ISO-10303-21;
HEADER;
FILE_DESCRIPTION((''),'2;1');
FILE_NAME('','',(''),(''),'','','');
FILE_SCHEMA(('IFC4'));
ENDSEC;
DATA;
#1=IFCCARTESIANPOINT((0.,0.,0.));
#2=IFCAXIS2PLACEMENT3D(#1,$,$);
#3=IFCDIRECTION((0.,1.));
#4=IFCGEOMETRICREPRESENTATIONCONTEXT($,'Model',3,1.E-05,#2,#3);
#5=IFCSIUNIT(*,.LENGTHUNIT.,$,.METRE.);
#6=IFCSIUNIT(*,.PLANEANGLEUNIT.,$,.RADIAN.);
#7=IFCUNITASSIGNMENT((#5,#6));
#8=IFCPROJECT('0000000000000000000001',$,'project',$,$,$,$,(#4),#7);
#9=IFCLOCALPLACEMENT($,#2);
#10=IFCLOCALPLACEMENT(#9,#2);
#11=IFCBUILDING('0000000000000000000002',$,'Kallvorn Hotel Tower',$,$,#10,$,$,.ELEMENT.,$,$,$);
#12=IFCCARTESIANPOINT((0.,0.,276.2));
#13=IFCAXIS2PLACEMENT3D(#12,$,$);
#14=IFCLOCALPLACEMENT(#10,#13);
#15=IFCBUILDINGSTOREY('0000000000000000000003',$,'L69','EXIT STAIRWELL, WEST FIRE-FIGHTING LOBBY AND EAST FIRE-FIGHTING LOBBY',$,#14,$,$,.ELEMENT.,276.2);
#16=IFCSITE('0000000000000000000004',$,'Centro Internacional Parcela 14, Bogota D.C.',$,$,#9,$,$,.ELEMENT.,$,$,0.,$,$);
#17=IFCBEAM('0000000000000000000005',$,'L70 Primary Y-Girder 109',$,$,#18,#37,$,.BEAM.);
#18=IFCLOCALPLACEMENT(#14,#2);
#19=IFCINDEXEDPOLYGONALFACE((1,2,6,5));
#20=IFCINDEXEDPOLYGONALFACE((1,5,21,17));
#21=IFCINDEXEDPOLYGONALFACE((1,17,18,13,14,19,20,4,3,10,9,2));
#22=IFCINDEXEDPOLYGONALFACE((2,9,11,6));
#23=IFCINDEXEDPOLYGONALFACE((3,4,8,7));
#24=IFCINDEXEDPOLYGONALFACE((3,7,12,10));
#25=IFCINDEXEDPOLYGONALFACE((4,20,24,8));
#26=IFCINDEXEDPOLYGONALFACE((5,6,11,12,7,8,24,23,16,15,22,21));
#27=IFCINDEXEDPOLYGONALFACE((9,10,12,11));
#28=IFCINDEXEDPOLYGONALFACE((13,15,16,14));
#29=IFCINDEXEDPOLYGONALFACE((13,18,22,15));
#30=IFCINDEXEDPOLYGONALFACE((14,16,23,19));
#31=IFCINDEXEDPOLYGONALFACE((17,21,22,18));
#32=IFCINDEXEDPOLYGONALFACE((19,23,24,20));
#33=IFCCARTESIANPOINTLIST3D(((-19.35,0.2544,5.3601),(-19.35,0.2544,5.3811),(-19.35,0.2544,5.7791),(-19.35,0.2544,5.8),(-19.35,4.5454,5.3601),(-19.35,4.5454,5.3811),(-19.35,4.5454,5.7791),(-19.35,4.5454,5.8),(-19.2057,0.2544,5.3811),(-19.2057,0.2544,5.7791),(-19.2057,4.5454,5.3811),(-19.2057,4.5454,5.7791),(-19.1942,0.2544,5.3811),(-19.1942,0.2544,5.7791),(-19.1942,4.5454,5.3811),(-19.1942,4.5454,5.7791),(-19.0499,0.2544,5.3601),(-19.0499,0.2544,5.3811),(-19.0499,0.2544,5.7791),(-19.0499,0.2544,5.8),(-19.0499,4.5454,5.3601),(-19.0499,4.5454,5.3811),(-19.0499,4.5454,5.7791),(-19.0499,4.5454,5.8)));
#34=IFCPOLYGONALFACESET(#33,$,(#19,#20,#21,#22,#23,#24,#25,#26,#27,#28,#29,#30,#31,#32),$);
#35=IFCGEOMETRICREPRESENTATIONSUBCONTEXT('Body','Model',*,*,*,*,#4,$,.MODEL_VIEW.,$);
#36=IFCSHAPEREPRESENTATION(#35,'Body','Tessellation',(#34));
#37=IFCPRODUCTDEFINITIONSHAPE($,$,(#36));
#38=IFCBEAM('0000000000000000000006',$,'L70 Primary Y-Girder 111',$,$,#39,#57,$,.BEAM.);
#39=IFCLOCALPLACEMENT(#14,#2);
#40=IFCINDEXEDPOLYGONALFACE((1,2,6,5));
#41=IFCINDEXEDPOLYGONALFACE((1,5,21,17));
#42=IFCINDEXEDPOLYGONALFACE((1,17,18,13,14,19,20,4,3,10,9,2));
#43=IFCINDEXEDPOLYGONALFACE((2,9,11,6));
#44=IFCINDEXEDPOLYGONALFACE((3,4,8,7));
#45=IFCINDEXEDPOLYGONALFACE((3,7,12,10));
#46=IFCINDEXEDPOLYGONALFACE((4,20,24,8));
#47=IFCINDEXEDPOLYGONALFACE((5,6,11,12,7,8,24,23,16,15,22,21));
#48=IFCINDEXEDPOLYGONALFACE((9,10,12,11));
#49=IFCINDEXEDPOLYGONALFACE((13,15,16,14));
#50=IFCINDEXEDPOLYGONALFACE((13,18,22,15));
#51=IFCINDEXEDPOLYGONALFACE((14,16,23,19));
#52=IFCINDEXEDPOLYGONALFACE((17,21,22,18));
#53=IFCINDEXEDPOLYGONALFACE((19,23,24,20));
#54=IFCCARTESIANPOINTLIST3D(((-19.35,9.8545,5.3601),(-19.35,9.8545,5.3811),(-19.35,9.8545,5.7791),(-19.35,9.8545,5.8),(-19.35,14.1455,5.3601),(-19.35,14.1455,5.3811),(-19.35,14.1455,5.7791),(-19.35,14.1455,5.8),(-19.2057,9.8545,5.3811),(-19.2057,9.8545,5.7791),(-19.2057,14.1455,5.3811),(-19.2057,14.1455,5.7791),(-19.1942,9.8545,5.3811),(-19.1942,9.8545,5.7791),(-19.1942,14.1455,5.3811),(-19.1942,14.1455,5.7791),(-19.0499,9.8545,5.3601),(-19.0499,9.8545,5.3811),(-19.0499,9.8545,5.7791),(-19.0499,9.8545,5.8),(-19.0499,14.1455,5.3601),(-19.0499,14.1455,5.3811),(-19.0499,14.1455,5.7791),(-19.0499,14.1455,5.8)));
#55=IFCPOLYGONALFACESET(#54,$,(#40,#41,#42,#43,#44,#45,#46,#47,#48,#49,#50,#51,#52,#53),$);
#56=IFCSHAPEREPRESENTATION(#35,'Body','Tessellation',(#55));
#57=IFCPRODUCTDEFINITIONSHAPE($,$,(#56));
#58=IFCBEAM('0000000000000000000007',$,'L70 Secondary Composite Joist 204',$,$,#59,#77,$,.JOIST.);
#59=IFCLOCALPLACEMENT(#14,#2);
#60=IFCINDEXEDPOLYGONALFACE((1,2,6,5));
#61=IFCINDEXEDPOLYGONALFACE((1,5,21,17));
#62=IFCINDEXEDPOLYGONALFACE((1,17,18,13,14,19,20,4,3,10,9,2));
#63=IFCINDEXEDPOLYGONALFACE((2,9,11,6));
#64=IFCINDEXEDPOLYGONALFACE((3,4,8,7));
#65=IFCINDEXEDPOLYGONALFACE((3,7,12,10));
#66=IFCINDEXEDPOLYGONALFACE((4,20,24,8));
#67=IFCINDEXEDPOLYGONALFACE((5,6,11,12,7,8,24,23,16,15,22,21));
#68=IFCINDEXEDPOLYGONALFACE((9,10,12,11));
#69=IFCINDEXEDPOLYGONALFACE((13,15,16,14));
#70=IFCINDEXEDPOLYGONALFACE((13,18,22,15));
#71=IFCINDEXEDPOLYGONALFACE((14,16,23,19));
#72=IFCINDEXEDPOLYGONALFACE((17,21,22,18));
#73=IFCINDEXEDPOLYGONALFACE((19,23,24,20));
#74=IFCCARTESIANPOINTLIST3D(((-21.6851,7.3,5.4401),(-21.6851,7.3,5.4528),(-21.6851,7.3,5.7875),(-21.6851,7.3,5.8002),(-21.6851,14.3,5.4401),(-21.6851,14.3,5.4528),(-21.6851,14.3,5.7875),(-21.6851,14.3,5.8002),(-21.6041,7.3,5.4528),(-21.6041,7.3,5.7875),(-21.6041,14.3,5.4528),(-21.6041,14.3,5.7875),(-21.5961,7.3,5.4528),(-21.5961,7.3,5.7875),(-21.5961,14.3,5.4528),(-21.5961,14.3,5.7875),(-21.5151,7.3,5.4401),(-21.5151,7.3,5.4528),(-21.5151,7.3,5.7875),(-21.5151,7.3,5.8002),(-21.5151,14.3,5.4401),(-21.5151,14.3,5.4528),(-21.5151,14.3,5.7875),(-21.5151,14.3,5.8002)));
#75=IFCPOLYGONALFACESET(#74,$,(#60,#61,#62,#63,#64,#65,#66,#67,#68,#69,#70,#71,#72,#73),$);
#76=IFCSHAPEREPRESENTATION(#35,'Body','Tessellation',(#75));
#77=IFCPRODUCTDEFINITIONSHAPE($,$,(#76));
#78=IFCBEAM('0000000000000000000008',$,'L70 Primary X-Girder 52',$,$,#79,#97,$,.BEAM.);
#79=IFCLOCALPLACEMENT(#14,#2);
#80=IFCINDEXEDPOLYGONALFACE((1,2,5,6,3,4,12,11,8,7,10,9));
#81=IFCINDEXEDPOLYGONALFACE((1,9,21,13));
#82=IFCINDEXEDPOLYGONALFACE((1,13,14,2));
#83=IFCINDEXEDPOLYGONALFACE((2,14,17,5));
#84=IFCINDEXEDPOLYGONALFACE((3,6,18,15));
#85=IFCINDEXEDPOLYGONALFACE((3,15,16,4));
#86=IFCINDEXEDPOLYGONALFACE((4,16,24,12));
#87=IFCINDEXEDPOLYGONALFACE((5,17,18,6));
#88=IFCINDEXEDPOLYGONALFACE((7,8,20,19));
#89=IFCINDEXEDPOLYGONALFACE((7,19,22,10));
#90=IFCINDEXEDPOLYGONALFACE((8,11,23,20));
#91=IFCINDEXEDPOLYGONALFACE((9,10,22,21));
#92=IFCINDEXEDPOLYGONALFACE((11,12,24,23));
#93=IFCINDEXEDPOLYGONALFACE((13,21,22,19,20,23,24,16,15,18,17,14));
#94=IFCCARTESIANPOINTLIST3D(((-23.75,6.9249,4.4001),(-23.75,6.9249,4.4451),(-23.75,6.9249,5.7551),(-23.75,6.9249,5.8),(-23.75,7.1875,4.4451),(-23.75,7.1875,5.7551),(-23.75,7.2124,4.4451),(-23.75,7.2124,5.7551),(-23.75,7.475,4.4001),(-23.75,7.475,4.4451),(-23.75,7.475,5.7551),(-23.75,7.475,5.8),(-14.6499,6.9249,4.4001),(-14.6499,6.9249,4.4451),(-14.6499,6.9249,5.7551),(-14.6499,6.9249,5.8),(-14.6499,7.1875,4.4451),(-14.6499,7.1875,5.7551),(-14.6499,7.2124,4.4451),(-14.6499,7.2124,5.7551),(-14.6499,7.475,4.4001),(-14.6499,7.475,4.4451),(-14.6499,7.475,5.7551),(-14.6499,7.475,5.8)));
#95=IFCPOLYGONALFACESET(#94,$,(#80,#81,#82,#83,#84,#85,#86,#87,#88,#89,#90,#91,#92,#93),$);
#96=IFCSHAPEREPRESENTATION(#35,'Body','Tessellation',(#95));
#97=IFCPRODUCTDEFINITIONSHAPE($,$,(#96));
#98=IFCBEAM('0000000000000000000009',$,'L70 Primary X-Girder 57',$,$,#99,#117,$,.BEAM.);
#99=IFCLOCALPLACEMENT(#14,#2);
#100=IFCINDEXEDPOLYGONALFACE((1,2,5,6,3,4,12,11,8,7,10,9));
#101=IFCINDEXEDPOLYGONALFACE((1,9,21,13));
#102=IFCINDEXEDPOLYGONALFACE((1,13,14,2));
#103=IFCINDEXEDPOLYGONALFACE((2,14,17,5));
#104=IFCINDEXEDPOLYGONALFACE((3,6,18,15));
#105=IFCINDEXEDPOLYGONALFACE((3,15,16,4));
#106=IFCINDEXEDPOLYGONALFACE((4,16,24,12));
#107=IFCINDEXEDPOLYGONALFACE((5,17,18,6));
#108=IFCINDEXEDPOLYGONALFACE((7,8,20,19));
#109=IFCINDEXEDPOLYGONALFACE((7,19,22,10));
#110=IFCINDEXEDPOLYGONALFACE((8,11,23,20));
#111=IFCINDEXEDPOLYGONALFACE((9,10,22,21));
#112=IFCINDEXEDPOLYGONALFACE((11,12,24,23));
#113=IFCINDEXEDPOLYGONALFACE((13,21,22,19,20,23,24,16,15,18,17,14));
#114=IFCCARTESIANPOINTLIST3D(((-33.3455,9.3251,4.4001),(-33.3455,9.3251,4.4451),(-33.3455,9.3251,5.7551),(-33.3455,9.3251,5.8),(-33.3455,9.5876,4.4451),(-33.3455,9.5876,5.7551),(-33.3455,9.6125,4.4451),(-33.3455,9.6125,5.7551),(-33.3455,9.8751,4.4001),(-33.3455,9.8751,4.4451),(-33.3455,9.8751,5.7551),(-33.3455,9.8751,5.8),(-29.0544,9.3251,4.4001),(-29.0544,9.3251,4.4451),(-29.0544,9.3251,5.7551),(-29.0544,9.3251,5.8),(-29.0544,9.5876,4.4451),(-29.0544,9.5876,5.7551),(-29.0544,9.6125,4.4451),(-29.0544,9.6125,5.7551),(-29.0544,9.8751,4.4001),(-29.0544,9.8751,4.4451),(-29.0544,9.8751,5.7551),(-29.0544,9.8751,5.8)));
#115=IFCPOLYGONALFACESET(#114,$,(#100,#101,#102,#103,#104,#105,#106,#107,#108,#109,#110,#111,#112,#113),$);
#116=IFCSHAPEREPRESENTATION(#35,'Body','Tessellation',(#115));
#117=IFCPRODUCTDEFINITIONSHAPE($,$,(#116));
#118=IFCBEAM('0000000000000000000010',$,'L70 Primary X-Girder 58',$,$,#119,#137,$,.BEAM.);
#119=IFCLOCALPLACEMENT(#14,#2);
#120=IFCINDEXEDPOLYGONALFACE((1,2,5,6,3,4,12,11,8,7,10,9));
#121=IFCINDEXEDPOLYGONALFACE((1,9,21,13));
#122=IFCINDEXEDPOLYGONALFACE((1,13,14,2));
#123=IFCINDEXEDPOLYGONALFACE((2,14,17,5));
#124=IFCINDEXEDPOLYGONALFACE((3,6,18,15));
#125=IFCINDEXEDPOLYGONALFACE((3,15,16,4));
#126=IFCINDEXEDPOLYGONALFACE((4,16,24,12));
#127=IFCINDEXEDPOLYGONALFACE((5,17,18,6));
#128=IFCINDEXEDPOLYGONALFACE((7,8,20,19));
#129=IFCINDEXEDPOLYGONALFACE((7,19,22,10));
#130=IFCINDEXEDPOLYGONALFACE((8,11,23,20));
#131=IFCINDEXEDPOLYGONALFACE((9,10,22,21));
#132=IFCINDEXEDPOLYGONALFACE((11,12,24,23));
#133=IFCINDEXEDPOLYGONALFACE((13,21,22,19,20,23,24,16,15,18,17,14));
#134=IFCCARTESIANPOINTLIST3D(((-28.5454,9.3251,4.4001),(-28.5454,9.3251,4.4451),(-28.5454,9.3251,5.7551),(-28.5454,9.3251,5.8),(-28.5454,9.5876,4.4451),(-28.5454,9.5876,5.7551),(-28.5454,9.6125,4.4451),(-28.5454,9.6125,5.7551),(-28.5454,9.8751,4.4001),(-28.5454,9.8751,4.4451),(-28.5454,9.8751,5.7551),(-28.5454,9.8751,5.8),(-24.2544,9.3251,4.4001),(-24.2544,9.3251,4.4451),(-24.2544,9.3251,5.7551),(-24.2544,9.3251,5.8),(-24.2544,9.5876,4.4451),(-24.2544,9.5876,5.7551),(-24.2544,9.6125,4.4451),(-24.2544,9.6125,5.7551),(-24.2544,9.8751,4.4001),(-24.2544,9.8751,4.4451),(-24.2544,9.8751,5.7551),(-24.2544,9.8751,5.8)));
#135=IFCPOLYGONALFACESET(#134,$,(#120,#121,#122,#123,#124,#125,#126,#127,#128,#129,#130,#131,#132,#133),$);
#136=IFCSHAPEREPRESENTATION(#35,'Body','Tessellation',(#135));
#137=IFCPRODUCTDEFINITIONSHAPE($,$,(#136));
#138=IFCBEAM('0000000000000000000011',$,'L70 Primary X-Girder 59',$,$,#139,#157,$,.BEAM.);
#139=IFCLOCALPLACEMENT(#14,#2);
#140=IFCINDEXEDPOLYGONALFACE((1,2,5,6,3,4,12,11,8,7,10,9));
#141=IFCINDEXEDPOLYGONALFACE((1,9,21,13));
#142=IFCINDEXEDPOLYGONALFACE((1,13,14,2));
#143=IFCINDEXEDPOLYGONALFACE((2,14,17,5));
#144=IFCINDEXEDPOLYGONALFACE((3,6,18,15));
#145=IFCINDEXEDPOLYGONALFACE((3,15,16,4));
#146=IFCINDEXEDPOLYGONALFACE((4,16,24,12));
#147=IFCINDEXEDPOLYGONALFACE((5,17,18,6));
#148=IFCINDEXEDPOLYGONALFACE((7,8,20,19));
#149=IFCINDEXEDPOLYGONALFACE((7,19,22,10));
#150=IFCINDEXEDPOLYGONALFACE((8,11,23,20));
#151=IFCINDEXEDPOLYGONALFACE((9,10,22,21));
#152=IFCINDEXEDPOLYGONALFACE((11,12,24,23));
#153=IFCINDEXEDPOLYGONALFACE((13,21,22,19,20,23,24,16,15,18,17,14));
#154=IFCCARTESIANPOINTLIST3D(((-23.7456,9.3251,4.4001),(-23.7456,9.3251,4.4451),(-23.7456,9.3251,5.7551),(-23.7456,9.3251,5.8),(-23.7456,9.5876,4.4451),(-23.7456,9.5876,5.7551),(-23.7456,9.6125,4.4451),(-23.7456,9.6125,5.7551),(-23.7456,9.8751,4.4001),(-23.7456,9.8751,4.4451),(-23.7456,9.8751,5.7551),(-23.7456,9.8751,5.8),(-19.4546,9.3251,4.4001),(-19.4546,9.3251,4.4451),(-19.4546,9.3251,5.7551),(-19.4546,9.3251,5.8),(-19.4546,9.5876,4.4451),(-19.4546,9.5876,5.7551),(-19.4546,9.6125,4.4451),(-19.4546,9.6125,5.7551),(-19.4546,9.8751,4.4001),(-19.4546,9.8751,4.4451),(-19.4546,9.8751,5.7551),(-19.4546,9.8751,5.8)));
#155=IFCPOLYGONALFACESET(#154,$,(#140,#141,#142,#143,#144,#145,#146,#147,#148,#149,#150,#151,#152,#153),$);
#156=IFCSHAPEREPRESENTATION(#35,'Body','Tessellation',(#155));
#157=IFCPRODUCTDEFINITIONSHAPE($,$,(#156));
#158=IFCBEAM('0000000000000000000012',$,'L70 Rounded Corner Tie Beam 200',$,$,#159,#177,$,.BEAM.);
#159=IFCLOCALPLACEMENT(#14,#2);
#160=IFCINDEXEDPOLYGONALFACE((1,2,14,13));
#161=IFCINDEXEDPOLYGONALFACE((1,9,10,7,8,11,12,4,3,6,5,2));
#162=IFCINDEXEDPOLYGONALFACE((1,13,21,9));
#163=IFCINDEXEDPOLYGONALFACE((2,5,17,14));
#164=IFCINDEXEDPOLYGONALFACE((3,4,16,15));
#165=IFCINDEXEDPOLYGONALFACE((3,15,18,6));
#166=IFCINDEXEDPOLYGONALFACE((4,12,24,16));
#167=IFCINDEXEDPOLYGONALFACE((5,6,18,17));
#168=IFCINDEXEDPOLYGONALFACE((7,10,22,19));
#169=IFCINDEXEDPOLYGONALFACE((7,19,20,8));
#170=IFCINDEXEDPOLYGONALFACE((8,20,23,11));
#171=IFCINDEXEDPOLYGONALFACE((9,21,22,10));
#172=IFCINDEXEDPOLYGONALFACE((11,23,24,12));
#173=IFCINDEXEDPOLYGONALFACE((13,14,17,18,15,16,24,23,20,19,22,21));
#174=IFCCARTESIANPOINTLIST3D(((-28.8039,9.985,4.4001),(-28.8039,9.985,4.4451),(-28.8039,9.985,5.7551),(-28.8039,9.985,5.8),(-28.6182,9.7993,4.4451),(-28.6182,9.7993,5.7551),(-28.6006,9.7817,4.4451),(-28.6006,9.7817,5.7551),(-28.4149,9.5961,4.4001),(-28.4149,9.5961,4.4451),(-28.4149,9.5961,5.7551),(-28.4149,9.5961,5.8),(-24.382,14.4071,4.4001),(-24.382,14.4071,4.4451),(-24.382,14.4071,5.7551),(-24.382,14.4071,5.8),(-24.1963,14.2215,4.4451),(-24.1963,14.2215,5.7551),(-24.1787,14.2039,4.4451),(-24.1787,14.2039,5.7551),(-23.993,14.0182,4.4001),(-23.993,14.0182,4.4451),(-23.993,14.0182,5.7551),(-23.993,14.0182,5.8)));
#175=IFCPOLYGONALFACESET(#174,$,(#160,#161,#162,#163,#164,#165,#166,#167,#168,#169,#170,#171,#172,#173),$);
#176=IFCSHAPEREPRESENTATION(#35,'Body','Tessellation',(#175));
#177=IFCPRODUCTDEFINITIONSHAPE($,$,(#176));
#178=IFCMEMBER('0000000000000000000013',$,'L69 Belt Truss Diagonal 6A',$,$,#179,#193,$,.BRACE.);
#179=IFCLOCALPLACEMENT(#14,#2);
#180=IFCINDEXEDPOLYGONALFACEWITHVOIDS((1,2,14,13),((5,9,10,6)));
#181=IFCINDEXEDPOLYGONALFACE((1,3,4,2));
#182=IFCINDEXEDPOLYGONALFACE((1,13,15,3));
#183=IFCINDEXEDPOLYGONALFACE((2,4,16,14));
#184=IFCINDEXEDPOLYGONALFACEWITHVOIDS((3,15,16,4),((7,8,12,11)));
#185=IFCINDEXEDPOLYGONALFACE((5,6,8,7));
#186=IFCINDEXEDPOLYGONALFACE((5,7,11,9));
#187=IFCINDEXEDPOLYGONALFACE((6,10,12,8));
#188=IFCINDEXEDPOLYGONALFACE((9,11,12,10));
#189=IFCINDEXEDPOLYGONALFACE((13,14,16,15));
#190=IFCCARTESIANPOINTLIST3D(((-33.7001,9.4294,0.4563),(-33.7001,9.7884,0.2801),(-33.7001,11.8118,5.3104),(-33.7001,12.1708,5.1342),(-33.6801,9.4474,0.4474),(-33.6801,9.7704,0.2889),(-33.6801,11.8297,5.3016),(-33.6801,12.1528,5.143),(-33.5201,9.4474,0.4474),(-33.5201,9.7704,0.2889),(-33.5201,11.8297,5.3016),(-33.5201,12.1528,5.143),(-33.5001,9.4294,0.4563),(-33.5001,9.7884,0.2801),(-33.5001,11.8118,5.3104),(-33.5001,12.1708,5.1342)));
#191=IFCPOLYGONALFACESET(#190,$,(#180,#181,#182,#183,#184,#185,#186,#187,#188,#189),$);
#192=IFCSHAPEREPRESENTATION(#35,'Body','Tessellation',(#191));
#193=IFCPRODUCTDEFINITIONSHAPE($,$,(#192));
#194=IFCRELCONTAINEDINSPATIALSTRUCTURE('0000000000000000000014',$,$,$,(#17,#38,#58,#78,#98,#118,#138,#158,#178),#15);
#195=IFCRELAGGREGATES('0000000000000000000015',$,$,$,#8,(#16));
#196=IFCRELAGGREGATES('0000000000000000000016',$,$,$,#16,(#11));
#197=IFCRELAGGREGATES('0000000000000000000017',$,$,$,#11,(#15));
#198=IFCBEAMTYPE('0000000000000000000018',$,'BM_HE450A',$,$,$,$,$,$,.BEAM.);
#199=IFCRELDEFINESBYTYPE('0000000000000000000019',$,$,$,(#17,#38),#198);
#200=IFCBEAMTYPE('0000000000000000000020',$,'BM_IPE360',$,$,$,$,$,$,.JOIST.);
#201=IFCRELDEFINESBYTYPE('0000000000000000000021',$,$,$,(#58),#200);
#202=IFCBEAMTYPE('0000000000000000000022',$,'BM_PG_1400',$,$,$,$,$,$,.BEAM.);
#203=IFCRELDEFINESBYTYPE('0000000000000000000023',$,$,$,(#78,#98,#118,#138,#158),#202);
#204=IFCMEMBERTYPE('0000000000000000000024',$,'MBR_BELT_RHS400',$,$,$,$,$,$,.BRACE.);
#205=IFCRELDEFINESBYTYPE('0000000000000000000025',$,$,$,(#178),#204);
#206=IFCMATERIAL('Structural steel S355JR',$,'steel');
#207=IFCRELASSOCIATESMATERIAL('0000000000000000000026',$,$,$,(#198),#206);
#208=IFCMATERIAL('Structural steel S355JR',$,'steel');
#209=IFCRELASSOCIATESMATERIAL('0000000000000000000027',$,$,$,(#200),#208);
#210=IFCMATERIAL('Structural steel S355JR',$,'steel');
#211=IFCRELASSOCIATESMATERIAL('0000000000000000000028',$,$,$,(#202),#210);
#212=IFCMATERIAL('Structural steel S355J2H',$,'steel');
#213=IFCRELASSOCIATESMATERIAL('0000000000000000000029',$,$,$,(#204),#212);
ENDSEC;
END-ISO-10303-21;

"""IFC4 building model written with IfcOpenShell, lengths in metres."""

from ifc_helpers import new_model, si_unit, direction, frame, origin, origin_2d, place, context, subcontext, project, spatial, hollow_rectangle, i_section, extrude, material, material_profile, profile_set, type_object, element, save


model = new_model("IFC4")

# Units and contexts
model_context = context("Model", 3, precision=1e-05, world=origin(), true_north=direction((0.0, 1.0)))
body_context = subcontext(model_context, "Body", "Model", "MODEL_VIEW")
ifc_project = project(units=[si_unit("LENGTHUNIT", "METRE"), si_unit("PLANEANGLEUNIT", "RADIAN")], contexts=[model_context])

# Site, building, storey
site_placement = place(None, origin())
site = spatial("IfcSite", under=ifc_project, at=site_placement, Name="Centro Internacional Parcela 14, Bogota D.C.", CompositionType="ELEMENT", RefElevation=0.0)
building_placement = place(site_placement, origin())
building = spatial("IfcBuilding", under=site, at=building_placement, Name="Kallvorn Hotel Tower", CompositionType="ELEMENT")
storey_placement = place(building_placement, frame((0.0, 0.0, 276.2)))
storey = spatial("IfcBuildingStorey", under=building, at=storey_placement, Name="L69", Description="EXIT STAIRWELL, WEST FIRE-FIGHTING LOBBY AND EAST FIRE-FIGHTING LOBBY", CompositionType="ELEMENT", Elevation=276.2)

# Beams
ifc_material_1 = material(Name="Structural steel S355JR", Category="steel")
ifc_material_profile_1 = material_profile(ifc_material_1, i_section(OverallWidth=0.3, OverallDepth=0.4399, WebThickness=0.0115, FlangeThickness=0.021, at=origin_2d()), Name="HE 450 A")
ifc_profile_set_1 = profile_set([ifc_material_profile_1], Name="Structural steel S355JR")
beam_type_1 = type_object("IfcBeamType", Name="BM_HE450A", PredefinedType="BEAM", material=ifc_profile_set_1)
for number, where, z_axis, x_axis, name in (
    (1, (-19.2, 0.2544, 5.5801), (0.0, 1.0, 0.0), (-1.0, 0.0, 0.0), "L70 Primary Y-Girder 109"),
    (2, (-19.2, 9.8545, 5.5801), (0.0, 1.0, 0.0), (-1.0, 0.0, 0.0), "L70 Primary Y-Girder 111"),
):
    element("IfcBeam", number, at=place(storey_placement, frame(where, z_axis=z_axis, x_axis=x_axis)), inside=storey, type_object=beam_type_1, Name=name, PredefinedType="BEAM", context=body_context, shape_type="SweptSolid", body=[
        extrude(i_section(OverallWidth=0.3, OverallDepth=0.4399, WebThickness=0.0115, FlangeThickness=0.021, at=origin_2d()), origin(), (0.0, 0.0, 1.0), 4.291),
    ])
ifc_material_2 = material(Name="Structural steel S355JR", Category="steel")
ifc_material_profile_2 = material_profile(ifc_material_2, i_section(OverallWidth=0.1699, OverallDepth=0.3601, WebThickness=0.0081, FlangeThickness=0.0127, at=origin_2d()), Name="IPE 360")
ifc_profile_set_2 = profile_set([ifc_material_profile_2], Name="Structural steel S355JR")
beam_type_2 = type_object("IfcBeamType", Name="BM_IPE360", PredefinedType="JOIST", material=ifc_profile_set_2)
beam_1_placement = place(storey_placement, frame((-21.6001, 7.3, 5.6201), z_axis=(0.0, 1.0, 0.0), x_axis=(-1.0, 0.0, 0.0)))
element("IfcBeam", 3, at=beam_1_placement, inside=storey, type_object=beam_type_2, Name="L70 Secondary Composite Joist 204", PredefinedType="JOIST", context=body_context, shape_type="SweptSolid", body=[
    extrude(i_section(OverallWidth=0.1699, OverallDepth=0.3601, WebThickness=0.0081, FlangeThickness=0.0127, at=origin_2d()), origin(), (0.0, 0.0, 1.0), 7.0),
])
ifc_material_3 = material(Name="Structural steel S355JR", Category="steel")
ifc_material_profile_3 = material_profile(ifc_material_3, i_section(OverallWidth=0.55, OverallDepth=1.3999, WebThickness=0.0249, FlangeThickness=0.0449, at=origin_2d()), Name="PG 1400x550x25x45")
ifc_profile_set_3 = profile_set([ifc_material_profile_3], Name="Structural steel S355JR")
beam_type_3 = type_object("IfcBeamType", Name="BM_PG_1400", PredefinedType="BEAM", material=ifc_profile_set_3)
beam_2_placement = place(storey_placement, frame((-23.75, 7.2, 5.1001), z_axis=(1.0, 0.0, 0.0), x_axis=(0.0, 1.0, 0.0)))
element("IfcBeam", 4, at=beam_2_placement, inside=storey, type_object=beam_type_3, Name="L70 Primary X-Girder 52", PredefinedType="BEAM", context=body_context, shape_type="SweptSolid", body=[
    extrude(i_section(OverallWidth=0.55, OverallDepth=1.3999, WebThickness=0.0249, FlangeThickness=0.0449, at=origin_2d()), origin(), (0.0, 0.0, 1.0), 9.1001),
])
for number, where, z_axis, x_axis, name in (
    (5, (-33.3455, 9.6001, 5.1001), (1.0, 0.0, 0.0), (0.0, 1.0, 0.0), "L70 Primary X-Girder 57"),
    (6, (-28.5454, 9.6001, 5.1001), (1.0, 0.0, 0.0), (0.0, 1.0, 0.0), "L70 Primary X-Girder 58"),
    (7, (-23.7456, 9.6001, 5.1001), (1.0, 0.0, 0.0), (0.0, 1.0, 0.0), "L70 Primary X-Girder 59"),
):
    element("IfcBeam", number, at=place(storey_placement, frame(where, z_axis=z_axis, x_axis=x_axis)), inside=storey, type_object=beam_type_3, Name=name, PredefinedType="BEAM", context=body_context, shape_type="SweptSolid", body=[
        extrude(i_section(OverallWidth=0.55, OverallDepth=1.3999, WebThickness=0.0249, FlangeThickness=0.0449, at=origin_2d()), origin(), (0.0, 0.0, 1.0), 4.291),
    ])
beam_3_placement = place(storey_placement, frame((-28.6094, 9.7905, 5.1001), z_axis=(0.707087, 0.707126, 0.0), x_axis=(-0.707126, 0.707087, 0.0)))
element("IfcBeam", 8, at=beam_3_placement, inside=storey, type_object=beam_type_3, Name="L70 Rounded Corner Tie Beam 200", PredefinedType="BEAM", context=body_context, shape_type="SweptSolid", body=[
    extrude(i_section(OverallWidth=0.55, OverallDepth=1.3999, WebThickness=0.0249, FlangeThickness=0.0449, at=origin_2d()), origin(), (0.0, 0.0, 1.0), 6.2537),
])

# Member
ifc_material_4 = material(Name="Structural steel S355J2H", Category="steel")
ifc_material_profile_4 = material_profile(ifc_material_4, hollow_rectangle(XDim=0.2, YDim=0.3999, WallThickness=0.02, at=origin_2d()), Name="RHS 400x200x20")
ifc_profile_set_4 = profile_set([ifc_material_profile_4], Name="Structural steel S355J2H")
member_type_1 = type_object("IfcMemberType", Name="MBR_BELT_RHS400", PredefinedType="BRACE", material=ifc_profile_set_4)
member_1_placement = place(storey_placement, frame((-33.6001, 9.6089, 0.3682), z_axis=(0.0, 0.440591, 0.897708), x_axis=(-1.0, 0.0, 0.0)))
element("IfcMember", 9, at=member_1_placement, inside=storey, type_object=member_type_1, Name="L69 Belt Truss Diagonal 6A", PredefinedType="BRACE", context=body_context, shape_type="SweptSolid", body=[
    extrude(hollow_rectangle(XDim=0.2, YDim=0.3999, WallThickness=0.02, at=origin_2d()), origin(), (0.0, 0.0, 1.0), 5.4072),
])

save(model, "model.ifc")
